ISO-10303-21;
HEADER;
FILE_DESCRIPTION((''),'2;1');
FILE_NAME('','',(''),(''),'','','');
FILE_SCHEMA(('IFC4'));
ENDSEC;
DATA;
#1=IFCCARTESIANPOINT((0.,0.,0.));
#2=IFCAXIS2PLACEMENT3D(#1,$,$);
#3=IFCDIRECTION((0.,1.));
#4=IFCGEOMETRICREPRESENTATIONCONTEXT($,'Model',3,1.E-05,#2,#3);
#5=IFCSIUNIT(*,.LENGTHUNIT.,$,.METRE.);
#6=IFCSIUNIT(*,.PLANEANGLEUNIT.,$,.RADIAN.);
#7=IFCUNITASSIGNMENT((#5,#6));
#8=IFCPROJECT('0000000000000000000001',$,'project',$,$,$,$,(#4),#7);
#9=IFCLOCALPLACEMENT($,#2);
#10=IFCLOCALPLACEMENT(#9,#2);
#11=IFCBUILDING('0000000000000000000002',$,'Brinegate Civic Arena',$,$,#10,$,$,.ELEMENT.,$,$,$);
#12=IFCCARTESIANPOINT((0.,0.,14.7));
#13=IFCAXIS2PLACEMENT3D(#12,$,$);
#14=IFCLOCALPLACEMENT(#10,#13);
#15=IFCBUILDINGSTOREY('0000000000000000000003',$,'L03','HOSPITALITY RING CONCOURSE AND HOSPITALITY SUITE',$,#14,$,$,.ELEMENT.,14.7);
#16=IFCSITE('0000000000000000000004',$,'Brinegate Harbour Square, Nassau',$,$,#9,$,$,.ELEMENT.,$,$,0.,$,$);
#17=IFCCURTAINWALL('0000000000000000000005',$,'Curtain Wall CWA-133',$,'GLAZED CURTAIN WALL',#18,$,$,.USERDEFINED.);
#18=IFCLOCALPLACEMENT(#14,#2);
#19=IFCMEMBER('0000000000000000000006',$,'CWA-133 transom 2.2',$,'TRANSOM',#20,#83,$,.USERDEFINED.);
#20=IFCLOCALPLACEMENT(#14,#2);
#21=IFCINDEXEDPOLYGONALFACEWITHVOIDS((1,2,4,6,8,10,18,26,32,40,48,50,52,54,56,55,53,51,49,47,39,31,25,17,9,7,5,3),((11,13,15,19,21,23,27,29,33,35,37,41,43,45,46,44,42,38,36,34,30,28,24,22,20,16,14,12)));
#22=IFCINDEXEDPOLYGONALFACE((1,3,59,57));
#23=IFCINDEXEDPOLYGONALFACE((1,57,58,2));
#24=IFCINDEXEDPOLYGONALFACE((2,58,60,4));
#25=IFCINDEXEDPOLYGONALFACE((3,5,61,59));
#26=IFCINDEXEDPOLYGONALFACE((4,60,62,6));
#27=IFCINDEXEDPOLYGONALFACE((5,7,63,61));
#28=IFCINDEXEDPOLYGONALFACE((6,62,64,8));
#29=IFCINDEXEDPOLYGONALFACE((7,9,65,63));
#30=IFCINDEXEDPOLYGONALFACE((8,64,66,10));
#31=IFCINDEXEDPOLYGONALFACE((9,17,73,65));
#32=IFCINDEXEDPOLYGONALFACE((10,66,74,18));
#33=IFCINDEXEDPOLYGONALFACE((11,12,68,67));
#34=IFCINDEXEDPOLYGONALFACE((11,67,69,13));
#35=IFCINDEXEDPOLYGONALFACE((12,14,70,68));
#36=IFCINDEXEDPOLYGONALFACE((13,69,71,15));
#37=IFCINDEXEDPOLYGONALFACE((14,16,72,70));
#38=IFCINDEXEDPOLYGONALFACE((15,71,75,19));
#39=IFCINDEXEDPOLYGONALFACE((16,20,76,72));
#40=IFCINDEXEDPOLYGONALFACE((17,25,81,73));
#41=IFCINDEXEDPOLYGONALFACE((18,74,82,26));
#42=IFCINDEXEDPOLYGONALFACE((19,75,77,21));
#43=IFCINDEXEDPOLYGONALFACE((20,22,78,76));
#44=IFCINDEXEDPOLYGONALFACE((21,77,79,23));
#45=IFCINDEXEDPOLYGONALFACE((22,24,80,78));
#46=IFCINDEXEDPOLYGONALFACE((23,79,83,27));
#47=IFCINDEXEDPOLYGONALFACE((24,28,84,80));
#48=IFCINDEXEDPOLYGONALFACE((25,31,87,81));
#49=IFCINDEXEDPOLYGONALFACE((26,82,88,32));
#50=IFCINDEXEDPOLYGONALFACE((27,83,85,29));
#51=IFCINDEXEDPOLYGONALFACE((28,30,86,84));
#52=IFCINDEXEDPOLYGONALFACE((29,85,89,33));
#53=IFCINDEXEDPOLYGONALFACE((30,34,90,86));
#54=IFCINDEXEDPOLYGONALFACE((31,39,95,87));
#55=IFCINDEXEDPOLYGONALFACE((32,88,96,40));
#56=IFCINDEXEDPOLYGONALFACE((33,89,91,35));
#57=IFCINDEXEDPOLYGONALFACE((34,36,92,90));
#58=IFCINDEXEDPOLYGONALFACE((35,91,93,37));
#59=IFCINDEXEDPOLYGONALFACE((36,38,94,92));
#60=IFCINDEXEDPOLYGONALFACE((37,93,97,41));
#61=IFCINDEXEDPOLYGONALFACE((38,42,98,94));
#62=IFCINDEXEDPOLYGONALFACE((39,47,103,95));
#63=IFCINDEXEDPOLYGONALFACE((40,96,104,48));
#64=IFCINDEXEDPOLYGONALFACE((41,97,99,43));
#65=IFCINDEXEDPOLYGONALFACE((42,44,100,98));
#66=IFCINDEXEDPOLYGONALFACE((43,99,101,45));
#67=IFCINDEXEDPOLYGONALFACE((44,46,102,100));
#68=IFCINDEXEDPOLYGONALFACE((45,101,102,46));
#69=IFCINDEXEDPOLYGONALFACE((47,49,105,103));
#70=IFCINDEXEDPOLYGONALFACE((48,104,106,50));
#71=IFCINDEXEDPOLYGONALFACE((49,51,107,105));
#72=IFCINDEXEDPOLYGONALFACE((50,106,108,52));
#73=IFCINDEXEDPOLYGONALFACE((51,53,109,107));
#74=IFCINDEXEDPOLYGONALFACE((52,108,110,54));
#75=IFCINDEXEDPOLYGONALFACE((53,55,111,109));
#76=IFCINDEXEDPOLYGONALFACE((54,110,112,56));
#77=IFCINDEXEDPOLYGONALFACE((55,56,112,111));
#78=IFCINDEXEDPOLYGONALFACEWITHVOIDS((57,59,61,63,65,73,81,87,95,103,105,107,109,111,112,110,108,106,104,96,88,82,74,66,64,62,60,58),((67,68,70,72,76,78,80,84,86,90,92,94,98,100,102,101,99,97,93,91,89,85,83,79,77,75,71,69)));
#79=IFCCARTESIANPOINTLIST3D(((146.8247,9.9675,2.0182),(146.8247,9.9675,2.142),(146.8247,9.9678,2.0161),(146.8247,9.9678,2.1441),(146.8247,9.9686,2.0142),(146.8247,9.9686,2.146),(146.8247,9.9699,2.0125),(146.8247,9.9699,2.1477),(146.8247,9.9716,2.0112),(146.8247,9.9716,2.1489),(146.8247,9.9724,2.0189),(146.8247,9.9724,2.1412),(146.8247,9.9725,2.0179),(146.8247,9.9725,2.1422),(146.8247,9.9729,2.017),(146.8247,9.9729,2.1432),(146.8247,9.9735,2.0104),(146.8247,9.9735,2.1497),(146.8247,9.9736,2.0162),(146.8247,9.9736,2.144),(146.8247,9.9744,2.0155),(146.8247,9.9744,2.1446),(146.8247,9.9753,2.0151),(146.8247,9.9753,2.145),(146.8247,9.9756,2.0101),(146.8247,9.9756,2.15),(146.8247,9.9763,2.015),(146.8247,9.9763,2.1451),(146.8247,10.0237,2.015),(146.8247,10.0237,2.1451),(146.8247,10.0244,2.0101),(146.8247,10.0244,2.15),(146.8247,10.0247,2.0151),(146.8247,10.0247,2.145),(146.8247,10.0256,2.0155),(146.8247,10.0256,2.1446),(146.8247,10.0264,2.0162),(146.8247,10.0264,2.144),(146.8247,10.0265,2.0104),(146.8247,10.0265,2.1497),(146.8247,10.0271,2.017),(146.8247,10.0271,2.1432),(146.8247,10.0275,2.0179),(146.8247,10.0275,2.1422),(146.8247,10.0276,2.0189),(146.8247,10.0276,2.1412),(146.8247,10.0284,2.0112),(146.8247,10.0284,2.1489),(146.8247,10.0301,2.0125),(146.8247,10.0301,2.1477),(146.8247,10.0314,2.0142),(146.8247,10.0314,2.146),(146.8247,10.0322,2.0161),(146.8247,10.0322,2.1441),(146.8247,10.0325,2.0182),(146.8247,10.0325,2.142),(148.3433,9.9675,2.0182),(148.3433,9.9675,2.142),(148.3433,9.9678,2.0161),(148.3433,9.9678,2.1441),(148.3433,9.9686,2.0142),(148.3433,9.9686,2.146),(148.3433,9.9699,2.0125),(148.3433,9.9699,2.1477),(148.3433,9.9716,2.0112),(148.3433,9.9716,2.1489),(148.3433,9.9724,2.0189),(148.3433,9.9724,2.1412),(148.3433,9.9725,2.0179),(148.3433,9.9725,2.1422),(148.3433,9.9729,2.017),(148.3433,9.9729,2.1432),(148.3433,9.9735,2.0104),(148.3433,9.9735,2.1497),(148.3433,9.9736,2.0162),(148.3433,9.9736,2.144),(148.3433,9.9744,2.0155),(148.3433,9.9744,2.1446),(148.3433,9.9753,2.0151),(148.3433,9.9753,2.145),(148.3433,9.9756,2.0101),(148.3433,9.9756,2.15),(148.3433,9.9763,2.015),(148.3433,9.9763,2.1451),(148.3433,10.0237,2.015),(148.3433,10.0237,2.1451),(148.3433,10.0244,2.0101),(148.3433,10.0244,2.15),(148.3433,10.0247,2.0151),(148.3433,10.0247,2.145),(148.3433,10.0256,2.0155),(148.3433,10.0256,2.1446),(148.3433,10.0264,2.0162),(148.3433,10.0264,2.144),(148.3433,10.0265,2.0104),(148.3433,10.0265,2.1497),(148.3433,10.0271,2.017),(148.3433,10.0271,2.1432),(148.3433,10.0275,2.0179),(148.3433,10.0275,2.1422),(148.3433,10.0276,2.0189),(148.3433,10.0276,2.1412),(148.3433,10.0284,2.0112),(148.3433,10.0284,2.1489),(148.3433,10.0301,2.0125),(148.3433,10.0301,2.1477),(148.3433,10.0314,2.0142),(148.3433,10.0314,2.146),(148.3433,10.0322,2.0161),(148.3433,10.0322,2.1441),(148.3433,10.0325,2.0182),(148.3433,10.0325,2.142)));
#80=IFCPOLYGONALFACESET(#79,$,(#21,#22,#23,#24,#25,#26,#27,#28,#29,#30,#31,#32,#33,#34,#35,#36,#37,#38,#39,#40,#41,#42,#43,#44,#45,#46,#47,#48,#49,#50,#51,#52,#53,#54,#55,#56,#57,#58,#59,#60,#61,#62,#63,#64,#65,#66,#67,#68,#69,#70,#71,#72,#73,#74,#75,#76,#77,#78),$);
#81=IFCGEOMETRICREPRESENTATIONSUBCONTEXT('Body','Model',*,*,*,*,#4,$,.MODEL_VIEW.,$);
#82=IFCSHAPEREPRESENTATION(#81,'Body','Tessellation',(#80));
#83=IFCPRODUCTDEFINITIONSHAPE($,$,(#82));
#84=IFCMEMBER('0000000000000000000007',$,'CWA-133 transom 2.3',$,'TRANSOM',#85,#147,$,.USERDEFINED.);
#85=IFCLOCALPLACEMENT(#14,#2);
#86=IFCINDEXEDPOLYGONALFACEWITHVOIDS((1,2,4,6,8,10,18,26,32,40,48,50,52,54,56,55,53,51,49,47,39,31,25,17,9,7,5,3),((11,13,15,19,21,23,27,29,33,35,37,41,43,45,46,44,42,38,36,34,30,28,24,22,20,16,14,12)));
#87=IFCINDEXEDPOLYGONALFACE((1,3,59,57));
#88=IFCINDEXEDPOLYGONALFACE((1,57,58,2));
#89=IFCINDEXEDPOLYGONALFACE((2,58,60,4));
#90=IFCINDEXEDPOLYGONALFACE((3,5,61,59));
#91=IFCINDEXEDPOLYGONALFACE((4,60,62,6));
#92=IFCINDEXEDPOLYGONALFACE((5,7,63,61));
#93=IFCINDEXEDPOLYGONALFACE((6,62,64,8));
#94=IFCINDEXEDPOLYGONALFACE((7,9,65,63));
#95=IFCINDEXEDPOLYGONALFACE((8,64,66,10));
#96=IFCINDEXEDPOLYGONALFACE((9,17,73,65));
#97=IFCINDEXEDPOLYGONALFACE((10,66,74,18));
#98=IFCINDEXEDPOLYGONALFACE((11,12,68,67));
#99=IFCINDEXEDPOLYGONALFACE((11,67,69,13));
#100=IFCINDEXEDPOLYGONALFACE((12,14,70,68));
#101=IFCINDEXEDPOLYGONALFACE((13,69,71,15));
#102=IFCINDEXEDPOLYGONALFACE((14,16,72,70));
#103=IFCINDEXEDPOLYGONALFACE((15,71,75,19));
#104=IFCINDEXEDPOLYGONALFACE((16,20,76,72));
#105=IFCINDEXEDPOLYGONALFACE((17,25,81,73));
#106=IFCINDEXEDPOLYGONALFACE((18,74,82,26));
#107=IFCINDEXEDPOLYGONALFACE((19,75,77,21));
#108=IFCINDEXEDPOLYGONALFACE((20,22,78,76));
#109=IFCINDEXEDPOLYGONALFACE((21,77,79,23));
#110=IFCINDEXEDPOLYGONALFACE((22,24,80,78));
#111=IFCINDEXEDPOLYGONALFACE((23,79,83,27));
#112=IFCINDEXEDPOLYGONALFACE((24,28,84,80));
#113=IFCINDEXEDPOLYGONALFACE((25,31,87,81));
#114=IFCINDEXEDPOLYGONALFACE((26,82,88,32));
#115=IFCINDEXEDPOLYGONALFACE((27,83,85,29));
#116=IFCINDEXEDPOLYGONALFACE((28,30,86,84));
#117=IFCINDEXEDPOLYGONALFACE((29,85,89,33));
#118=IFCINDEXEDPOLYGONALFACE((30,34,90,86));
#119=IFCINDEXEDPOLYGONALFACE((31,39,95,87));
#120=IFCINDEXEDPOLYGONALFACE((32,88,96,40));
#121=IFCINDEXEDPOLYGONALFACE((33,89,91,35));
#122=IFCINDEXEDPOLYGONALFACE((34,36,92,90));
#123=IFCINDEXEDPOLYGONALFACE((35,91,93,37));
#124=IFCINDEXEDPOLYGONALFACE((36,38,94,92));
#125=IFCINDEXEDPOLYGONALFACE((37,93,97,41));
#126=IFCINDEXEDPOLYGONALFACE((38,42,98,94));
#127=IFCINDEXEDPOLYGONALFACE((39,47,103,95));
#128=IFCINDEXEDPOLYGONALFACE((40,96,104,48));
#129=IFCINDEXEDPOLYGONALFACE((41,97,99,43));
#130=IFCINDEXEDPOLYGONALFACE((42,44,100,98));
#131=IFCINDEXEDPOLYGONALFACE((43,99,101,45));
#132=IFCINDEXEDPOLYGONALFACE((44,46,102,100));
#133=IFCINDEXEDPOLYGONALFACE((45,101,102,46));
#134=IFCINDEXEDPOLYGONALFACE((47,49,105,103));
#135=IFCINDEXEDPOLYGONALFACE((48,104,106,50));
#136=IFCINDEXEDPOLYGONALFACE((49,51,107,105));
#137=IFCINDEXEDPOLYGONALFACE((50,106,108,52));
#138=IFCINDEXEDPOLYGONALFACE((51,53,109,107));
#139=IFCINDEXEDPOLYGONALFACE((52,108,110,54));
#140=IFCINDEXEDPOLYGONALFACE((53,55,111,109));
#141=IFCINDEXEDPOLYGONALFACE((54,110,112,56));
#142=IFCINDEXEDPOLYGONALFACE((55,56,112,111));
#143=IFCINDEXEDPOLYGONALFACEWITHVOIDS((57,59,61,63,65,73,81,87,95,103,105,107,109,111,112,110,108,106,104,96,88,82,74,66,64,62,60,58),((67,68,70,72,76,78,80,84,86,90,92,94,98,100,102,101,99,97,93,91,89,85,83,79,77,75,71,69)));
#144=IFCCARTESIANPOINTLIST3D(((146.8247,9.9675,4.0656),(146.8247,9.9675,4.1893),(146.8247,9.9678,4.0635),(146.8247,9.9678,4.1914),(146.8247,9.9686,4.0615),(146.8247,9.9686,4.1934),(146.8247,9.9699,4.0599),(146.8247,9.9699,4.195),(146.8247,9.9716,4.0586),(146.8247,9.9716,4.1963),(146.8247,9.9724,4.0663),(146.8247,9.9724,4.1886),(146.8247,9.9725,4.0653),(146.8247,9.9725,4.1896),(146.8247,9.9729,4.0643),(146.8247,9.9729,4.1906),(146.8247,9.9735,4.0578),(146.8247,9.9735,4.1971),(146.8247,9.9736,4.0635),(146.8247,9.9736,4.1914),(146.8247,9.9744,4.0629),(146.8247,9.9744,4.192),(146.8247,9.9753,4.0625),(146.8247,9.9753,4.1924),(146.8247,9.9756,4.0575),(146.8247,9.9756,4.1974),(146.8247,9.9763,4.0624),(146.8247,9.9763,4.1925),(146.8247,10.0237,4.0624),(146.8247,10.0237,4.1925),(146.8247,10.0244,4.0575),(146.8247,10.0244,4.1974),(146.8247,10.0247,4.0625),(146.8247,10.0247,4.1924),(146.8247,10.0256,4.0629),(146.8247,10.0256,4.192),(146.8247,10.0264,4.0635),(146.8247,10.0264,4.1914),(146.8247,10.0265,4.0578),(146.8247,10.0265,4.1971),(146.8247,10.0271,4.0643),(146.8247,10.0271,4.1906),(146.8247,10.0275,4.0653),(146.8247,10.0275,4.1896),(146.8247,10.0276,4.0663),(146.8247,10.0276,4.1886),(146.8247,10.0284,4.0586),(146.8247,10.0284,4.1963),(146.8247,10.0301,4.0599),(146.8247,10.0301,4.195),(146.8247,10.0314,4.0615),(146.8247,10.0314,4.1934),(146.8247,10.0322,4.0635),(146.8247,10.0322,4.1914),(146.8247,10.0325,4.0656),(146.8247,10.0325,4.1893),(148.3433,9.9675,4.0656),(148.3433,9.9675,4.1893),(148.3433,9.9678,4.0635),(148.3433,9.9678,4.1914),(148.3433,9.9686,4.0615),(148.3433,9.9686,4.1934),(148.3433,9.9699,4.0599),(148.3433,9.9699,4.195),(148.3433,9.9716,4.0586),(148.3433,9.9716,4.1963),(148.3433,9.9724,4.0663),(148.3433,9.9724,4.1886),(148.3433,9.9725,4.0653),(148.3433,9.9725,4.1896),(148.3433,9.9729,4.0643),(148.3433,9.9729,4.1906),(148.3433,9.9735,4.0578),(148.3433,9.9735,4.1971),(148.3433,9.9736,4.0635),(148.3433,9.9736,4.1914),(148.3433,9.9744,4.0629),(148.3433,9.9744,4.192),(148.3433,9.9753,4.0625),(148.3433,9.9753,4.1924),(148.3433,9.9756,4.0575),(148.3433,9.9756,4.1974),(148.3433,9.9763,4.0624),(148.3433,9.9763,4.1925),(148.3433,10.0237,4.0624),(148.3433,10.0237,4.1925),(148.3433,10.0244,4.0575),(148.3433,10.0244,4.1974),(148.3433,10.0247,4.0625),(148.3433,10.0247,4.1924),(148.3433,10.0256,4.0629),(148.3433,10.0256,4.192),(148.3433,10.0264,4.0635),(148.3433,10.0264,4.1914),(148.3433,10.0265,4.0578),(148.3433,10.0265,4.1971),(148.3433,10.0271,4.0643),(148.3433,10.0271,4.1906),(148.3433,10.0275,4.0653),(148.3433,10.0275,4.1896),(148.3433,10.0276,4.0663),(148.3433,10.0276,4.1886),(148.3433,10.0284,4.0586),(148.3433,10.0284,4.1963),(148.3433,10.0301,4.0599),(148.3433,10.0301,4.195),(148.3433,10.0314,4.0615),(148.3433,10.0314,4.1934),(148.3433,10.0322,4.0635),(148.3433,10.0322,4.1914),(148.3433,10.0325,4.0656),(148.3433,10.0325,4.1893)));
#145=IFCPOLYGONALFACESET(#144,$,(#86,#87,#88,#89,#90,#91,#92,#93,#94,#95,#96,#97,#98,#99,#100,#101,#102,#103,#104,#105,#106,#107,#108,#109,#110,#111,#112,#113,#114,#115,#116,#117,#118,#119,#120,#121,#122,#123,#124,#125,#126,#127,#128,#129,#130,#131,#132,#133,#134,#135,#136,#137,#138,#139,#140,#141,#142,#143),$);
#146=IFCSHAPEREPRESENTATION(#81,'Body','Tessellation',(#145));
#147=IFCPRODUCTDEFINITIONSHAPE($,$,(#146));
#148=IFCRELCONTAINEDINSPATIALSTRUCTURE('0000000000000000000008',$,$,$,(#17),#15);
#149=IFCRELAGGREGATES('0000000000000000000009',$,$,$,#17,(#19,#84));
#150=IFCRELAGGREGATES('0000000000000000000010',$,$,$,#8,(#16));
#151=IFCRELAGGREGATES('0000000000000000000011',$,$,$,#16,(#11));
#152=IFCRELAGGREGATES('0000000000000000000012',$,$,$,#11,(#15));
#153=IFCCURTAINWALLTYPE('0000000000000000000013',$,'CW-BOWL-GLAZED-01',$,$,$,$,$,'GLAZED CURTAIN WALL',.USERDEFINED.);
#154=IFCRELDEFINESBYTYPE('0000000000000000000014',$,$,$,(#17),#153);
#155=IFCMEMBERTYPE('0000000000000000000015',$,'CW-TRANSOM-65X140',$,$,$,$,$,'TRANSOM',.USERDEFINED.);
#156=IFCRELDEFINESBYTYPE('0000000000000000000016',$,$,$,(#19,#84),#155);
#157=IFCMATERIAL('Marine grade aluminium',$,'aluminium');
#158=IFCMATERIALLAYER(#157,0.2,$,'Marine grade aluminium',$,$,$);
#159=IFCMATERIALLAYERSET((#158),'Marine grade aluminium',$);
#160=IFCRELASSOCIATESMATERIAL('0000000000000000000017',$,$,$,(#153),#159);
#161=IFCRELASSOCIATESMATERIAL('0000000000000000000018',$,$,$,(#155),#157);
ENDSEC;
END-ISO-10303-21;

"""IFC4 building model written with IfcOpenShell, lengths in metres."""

from ifc_helpers import new_model, si_unit, direction, frame, origin, origin_2d, place, context, subcontext, project, spatial, hollow_rectangle, extrude, material, layer, layer_set, material_profile, profile_set, type_object, element, aggregate, save


model = new_model("IFC4")

# Units and contexts
model_context = context("Model", 3, precision=1e-05, world=origin(), true_north=direction((0.0, 1.0)))
body_context = subcontext(model_context, "Body", "Model", "MODEL_VIEW")
ifc_project = project(units=[si_unit("LENGTHUNIT", "METRE"), si_unit("PLANEANGLEUNIT", "RADIAN")], contexts=[model_context])

# Site, building, storey
site_placement = place(None, origin())
site = spatial("IfcSite", under=ifc_project, at=site_placement, Name="Brinegate Harbour Square, Nassau", CompositionType="ELEMENT", RefElevation=0.0)
building_placement = place(site_placement, origin())
building = spatial("IfcBuilding", under=site, at=building_placement, Name="Brinegate Civic Arena", CompositionType="ELEMENT")
storey_placement = place(building_placement, frame((0.0, 0.0, 14.7)))
storey = spatial("IfcBuildingStorey", under=building, at=storey_placement, Name="L03", Description="HOSPITALITY RING CONCOURSE AND HOSPITALITY SUITE", CompositionType="ELEMENT", Elevation=14.7)

# Curtain wall, members
ifc_material_1 = material(Name="Marine grade aluminium", Category="aluminium")
ifc_layer_1 = layer(ifc_material_1, 0.2, Name="Marine grade aluminium")
ifc_layer_set_1 = layer_set([ifc_layer_1], Name="Marine grade aluminium")
curtain_wall_type_1 = type_object("IfcCurtainWallType", Name="CW-BOWL-GLAZED-01", ElementType="GLAZED CURTAIN WALL", PredefinedType="USERDEFINED", material=ifc_layer_set_1)
curtain_wall_1_placement = place(storey_placement, origin())
curtain_wall_1 = element("IfcCurtainWall", 1, at=curtain_wall_1_placement, inside=storey, type_object=curtain_wall_type_1, Name="Curtain Wall CWA-133", ObjectType="GLAZED CURTAIN WALL", PredefinedType="USERDEFINED")
ifc_material_profile_1 = material_profile(ifc_material_1, hollow_rectangle(XDim=0.0649, YDim=0.1399, WallThickness=0.0049, InnerFilletRadius=0.0039, OuterFilletRadius=0.0081, at=origin_2d()), Name="TRN65X140")
ifc_profile_set_1 = profile_set([ifc_material_profile_1], Name="Marine grade aluminium")
member_type_1 = type_object("IfcMemberType", Name="CW-TRANSOM-65X140", ElementType="TRANSOM", PredefinedType="USERDEFINED", material=ifc_profile_set_1)
member_1_placement = place(storey_placement, frame((146.8247, 10.0, 2.0801), z_axis=(1.0, 0.0, 0.0), x_axis=(0.0, 1.0, 0.0)))
member_1 = element("IfcMember", 2, at=member_1_placement, type_object=member_type_1, Name="CWA-133 transom 2.2", ObjectType="TRANSOM", PredefinedType="USERDEFINED", context=body_context, shape_type="SweptSolid", body=[
    extrude(hollow_rectangle(XDim=0.0649, YDim=0.1399, WallThickness=0.0049, InnerFilletRadius=0.0039, OuterFilletRadius=0.0081, at=origin_2d()), origin(), (0.0, 0.0, 1.0), 1.5186),
])
member_2_placement = place(storey_placement, frame((146.8247, 10.0, 4.1274), z_axis=(1.0, 0.0, 0.0), x_axis=(0.0, 1.0, 0.0)))
member_2 = element("IfcMember", 3, at=member_2_placement, type_object=member_type_1, Name="CWA-133 transom 2.3", ObjectType="TRANSOM", PredefinedType="USERDEFINED", context=body_context, shape_type="SweptSolid", body=[
    extrude(hollow_rectangle(XDim=0.0649, YDim=0.1399, WallThickness=0.0049, InnerFilletRadius=0.0039, OuterFilletRadius=0.0081, at=origin_2d()), origin(), (0.0, 0.0, 1.0), 1.5186),
])

aggregate(curtain_wall_1, [member_1, member_2])

save(model, "model.ifc")
